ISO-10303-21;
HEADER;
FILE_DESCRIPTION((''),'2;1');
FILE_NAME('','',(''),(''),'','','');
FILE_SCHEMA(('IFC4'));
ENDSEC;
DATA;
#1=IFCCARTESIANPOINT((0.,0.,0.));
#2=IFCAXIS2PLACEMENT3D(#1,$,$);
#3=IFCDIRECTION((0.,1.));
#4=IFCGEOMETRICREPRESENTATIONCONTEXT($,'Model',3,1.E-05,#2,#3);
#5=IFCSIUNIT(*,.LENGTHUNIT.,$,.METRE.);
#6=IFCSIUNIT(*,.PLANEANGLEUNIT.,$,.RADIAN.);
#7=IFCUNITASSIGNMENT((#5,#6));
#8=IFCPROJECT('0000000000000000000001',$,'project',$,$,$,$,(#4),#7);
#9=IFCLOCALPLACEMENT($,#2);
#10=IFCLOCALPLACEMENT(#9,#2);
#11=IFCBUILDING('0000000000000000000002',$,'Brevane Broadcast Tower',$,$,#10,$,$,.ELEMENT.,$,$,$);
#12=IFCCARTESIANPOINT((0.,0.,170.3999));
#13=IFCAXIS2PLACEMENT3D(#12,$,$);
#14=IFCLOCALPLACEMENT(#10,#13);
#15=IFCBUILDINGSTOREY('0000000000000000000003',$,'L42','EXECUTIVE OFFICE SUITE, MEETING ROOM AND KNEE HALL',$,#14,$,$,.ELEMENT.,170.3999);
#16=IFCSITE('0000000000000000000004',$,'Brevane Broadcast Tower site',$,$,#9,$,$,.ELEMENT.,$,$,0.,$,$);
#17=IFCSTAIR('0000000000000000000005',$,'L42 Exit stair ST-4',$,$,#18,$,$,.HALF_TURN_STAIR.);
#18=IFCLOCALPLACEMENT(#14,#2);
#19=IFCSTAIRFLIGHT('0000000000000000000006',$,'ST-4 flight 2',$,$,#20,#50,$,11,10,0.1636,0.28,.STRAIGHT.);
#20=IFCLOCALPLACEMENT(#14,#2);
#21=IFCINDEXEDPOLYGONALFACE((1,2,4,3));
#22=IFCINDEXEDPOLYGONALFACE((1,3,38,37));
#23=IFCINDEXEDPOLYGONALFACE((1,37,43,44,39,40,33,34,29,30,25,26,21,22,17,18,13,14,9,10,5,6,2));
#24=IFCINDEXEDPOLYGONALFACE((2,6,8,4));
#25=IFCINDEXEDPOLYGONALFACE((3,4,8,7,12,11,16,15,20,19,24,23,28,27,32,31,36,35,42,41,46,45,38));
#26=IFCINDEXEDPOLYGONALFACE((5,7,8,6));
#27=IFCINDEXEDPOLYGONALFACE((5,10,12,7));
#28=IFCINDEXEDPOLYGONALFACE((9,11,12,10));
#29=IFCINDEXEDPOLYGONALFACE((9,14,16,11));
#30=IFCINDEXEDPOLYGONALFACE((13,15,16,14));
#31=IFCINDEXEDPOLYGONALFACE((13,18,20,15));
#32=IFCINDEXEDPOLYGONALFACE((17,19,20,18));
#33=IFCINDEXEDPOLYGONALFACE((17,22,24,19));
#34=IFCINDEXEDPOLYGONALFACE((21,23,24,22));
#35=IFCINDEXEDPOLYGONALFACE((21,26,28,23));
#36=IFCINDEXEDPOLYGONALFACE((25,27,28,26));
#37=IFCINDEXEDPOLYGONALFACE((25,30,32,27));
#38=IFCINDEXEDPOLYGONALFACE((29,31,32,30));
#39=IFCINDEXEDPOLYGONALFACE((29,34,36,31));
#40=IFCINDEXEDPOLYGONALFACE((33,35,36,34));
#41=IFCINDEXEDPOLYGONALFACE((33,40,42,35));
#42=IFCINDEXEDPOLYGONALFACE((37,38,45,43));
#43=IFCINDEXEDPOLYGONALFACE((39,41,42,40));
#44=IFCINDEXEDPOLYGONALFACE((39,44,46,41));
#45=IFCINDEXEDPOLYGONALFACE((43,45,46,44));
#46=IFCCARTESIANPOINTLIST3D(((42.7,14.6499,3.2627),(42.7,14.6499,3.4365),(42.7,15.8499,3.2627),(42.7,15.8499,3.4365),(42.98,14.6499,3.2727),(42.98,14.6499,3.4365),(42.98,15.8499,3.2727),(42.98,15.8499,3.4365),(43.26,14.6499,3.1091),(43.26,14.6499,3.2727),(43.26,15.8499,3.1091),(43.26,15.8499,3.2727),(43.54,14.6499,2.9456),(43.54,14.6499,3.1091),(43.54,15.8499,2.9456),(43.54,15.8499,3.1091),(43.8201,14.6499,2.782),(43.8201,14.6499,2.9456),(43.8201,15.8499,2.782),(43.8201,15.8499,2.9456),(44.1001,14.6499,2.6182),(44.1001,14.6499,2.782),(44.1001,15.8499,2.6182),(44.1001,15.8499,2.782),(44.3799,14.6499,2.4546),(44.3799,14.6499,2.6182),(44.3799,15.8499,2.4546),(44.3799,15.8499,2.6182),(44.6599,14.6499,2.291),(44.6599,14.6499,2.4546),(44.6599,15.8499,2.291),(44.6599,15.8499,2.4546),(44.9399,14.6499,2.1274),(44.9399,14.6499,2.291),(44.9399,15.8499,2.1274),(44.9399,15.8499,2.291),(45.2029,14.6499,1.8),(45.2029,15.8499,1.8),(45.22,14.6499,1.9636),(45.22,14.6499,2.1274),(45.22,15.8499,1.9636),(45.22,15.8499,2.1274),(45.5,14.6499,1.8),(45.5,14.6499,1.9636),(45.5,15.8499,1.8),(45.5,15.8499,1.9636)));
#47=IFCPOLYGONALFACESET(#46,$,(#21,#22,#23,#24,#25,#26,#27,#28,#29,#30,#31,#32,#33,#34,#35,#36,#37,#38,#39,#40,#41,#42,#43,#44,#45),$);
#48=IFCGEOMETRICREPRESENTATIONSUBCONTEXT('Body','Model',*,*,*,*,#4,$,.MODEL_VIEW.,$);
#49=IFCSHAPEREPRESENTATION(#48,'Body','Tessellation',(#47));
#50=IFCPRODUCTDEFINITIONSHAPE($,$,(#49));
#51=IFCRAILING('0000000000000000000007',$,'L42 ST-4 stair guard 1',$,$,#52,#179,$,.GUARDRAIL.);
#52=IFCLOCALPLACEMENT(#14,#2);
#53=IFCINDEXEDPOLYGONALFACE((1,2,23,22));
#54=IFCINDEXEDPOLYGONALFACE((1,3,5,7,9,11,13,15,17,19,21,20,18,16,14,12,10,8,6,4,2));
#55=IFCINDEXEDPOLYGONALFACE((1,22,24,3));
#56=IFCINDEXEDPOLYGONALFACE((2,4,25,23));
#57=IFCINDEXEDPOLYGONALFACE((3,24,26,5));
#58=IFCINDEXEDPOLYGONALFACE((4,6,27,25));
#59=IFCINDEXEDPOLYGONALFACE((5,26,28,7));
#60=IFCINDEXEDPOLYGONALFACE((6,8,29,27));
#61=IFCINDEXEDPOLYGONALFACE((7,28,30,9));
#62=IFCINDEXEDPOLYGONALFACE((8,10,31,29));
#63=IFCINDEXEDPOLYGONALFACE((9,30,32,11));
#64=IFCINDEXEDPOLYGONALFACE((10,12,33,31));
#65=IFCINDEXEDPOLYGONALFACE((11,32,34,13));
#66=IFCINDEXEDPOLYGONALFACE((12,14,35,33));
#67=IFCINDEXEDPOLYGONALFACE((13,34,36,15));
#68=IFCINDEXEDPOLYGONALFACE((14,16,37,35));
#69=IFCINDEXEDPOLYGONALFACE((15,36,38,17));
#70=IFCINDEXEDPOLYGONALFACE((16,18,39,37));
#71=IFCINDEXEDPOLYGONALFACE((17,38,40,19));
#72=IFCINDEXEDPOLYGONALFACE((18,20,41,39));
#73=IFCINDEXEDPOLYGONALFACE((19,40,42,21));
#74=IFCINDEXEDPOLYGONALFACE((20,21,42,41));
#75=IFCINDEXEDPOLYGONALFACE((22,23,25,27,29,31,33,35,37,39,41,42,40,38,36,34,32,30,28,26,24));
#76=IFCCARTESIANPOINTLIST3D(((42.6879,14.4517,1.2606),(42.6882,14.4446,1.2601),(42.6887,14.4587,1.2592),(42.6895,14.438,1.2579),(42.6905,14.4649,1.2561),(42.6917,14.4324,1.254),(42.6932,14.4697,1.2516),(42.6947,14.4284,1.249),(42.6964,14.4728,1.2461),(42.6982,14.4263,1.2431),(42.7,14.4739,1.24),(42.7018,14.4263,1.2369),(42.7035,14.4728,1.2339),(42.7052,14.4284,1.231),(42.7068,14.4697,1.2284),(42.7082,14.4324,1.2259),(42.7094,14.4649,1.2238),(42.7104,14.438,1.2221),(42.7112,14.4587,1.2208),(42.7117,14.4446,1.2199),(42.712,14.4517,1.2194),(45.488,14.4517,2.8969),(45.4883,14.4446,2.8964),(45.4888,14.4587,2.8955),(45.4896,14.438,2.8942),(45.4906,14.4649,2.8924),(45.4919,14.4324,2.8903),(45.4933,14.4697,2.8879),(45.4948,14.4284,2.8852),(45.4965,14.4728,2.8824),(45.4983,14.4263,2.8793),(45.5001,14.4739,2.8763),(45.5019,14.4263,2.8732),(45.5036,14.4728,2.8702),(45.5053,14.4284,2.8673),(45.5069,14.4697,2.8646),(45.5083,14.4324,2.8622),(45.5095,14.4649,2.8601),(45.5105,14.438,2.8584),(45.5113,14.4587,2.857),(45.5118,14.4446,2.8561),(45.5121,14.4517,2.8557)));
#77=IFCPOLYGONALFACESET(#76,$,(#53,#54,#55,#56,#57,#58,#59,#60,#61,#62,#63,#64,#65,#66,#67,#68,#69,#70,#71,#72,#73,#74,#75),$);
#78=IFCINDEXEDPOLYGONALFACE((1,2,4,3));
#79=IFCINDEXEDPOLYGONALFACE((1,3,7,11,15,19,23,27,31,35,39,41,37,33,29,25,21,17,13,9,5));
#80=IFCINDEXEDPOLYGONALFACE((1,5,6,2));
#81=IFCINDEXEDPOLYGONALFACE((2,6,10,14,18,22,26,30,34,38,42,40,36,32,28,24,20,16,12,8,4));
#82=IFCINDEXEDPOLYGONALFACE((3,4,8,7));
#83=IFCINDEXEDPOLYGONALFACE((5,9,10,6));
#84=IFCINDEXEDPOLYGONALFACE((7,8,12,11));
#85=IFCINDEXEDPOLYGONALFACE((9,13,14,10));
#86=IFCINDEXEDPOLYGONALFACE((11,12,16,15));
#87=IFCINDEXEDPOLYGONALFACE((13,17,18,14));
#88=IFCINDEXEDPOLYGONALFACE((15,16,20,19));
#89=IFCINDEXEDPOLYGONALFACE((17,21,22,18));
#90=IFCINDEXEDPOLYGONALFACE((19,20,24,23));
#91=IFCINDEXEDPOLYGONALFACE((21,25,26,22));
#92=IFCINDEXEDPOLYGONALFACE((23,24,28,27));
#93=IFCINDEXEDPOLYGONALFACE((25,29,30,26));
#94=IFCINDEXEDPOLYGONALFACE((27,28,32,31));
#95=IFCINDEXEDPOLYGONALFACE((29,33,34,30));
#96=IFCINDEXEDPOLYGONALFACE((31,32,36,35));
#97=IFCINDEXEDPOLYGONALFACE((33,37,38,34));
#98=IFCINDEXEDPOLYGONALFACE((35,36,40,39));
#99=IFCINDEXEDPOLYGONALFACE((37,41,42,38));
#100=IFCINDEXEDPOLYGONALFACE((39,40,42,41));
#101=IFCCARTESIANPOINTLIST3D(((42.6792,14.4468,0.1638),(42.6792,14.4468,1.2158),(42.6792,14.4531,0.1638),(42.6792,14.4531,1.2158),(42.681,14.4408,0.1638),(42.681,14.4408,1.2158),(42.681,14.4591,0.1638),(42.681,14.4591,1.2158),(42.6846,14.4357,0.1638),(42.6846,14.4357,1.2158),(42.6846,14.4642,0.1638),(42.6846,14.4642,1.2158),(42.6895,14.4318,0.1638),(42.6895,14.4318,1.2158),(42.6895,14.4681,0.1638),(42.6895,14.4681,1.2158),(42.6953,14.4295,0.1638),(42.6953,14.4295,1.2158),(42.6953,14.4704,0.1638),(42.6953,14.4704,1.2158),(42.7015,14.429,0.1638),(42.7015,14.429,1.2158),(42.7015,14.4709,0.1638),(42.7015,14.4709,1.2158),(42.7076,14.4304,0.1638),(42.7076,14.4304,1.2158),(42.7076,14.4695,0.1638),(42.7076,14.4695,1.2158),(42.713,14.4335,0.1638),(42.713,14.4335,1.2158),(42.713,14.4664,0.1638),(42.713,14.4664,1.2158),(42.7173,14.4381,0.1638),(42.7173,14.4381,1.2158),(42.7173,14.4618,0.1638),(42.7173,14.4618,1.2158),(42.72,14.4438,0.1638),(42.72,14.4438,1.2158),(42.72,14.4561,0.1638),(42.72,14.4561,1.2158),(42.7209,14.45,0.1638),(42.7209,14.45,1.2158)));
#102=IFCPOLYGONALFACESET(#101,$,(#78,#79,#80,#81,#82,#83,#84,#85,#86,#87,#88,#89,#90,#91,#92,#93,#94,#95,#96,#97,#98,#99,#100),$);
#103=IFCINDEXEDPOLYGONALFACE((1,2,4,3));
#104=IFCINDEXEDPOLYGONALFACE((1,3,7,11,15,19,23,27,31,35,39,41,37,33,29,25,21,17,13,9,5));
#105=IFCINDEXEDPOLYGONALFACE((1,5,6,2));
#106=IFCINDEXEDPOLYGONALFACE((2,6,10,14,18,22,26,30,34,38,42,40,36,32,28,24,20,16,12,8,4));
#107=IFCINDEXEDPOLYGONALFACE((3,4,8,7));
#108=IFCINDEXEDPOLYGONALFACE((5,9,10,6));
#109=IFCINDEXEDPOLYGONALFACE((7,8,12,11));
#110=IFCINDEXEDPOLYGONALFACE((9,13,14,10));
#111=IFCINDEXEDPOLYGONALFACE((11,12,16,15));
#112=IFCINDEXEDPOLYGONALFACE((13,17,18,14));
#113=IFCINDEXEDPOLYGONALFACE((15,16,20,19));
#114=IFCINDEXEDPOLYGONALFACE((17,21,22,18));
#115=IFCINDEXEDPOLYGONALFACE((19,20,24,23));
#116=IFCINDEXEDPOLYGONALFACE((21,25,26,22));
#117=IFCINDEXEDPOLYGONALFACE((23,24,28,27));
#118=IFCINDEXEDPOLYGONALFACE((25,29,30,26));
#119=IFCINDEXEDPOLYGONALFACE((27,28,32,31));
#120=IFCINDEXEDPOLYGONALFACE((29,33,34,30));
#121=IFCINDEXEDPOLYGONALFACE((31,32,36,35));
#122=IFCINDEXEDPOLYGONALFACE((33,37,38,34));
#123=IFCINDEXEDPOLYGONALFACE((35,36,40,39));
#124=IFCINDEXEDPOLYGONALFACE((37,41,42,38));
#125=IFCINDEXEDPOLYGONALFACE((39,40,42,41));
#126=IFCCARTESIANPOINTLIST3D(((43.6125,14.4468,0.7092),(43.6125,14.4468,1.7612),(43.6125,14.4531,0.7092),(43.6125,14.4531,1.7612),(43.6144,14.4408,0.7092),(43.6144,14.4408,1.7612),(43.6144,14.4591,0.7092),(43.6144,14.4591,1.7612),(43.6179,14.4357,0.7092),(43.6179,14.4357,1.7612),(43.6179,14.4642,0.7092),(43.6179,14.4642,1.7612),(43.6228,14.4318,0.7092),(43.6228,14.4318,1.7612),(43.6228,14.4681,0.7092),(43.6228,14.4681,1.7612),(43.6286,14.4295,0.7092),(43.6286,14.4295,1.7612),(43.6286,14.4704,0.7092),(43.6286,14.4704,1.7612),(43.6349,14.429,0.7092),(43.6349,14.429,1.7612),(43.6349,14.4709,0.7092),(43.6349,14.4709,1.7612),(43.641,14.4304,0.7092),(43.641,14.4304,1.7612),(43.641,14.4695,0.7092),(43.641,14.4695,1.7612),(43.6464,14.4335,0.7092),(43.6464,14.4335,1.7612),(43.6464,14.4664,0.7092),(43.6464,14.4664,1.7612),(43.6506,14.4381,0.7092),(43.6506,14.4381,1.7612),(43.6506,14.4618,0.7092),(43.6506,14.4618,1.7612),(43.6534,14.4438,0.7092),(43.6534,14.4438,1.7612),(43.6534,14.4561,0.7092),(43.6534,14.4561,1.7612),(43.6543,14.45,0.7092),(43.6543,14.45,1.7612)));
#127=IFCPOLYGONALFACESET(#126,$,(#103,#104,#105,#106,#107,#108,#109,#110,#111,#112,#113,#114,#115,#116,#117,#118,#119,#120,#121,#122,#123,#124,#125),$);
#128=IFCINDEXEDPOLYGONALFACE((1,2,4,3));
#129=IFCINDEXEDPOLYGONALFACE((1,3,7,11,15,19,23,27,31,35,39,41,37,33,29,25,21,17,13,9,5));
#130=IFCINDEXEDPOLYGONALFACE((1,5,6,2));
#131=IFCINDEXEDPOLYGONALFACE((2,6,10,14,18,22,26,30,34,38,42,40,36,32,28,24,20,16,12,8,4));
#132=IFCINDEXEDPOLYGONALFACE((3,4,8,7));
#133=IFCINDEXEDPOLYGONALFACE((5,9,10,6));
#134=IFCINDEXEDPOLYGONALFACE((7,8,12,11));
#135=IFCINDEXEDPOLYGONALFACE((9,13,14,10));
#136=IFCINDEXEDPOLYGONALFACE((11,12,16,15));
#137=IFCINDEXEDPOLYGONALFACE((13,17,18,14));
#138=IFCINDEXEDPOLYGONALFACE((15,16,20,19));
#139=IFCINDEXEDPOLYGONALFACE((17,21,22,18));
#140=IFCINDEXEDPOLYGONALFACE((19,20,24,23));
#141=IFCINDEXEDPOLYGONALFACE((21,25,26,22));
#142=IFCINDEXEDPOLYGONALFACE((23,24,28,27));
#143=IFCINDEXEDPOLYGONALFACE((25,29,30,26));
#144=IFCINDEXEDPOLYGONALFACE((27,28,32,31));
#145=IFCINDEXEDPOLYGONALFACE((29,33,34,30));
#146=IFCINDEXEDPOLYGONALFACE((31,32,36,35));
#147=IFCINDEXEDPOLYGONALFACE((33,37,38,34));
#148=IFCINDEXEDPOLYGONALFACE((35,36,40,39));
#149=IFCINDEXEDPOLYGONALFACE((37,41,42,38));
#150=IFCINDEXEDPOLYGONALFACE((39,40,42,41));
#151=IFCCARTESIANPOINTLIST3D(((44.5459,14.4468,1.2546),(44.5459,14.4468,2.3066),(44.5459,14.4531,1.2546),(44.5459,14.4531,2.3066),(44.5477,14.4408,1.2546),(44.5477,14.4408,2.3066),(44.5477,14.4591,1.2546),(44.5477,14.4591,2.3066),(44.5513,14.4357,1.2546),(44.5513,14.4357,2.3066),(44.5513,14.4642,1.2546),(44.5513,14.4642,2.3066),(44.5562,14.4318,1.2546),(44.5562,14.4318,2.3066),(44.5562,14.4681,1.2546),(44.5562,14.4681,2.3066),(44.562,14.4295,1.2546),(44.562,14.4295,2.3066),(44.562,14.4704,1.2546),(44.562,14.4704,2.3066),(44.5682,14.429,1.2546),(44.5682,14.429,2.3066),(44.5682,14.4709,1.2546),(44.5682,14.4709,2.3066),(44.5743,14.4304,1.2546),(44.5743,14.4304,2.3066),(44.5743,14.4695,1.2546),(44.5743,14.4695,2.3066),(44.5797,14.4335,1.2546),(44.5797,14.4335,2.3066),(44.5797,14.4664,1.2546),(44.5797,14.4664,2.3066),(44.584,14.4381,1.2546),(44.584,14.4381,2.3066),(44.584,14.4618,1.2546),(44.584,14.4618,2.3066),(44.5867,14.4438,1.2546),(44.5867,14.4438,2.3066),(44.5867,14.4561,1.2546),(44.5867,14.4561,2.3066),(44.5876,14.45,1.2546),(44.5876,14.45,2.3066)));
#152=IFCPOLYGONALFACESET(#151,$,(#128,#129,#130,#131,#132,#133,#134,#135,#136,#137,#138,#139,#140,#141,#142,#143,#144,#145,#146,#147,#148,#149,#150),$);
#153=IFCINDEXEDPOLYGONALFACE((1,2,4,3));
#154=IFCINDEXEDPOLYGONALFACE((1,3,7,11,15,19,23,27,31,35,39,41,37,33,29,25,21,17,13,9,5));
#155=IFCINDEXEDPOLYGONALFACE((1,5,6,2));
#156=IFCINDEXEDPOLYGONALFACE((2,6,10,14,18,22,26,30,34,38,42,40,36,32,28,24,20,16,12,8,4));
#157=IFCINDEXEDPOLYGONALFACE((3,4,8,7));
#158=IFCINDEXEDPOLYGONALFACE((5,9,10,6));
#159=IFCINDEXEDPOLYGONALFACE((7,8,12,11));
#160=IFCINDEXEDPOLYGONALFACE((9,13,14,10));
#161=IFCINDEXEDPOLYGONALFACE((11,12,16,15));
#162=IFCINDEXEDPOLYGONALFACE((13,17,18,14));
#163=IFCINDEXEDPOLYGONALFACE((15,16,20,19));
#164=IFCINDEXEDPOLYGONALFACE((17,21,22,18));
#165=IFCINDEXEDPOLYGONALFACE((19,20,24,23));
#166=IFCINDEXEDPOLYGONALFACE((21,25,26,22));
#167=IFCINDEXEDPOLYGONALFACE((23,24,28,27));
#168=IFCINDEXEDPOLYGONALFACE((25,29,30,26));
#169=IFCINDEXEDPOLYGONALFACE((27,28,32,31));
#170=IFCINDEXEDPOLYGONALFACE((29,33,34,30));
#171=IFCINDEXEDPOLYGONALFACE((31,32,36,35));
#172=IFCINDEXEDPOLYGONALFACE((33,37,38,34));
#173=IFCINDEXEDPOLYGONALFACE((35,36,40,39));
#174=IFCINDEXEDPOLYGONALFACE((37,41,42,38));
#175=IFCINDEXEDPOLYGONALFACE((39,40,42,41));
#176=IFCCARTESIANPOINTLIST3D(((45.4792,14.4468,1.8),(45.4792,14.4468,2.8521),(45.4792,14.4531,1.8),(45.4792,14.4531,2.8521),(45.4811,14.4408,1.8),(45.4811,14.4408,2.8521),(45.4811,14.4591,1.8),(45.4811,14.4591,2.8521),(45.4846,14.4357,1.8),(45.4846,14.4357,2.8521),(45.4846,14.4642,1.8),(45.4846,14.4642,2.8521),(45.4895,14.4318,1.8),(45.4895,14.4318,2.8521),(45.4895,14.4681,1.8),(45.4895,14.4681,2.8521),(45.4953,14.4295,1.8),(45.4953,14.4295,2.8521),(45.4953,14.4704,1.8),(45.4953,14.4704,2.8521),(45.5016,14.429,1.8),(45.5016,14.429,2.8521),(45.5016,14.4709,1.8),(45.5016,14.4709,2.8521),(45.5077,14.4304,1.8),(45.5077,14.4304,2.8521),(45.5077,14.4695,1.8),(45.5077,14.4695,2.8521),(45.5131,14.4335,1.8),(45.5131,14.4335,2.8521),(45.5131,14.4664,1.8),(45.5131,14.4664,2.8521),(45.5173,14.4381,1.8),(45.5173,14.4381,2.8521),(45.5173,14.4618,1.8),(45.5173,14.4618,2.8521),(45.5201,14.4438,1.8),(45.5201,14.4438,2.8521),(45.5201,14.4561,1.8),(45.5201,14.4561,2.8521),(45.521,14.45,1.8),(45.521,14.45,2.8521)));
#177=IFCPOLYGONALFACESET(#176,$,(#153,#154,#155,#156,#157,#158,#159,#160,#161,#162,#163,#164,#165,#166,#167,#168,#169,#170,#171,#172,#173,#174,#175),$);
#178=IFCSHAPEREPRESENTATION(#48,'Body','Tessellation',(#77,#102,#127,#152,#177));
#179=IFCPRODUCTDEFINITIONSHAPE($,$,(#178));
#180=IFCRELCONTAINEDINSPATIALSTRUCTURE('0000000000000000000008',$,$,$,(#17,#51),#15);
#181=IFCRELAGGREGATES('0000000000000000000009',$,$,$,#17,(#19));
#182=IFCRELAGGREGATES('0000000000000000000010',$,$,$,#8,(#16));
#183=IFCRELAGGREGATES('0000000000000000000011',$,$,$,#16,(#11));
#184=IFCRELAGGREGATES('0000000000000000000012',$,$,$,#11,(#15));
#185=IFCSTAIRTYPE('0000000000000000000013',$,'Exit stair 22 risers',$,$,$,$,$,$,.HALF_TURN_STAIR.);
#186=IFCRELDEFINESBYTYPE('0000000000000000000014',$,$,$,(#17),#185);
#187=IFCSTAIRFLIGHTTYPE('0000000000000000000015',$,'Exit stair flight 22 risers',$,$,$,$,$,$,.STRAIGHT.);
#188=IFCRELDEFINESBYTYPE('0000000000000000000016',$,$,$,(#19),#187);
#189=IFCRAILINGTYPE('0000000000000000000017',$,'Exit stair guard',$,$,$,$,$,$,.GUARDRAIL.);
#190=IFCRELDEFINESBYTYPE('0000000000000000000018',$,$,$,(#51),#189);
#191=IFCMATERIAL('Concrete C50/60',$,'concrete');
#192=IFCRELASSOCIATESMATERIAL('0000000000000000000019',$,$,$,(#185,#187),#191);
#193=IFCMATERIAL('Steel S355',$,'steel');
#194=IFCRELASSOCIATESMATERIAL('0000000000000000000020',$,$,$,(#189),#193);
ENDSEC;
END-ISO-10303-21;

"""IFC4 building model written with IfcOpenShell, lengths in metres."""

from ifc_helpers import new_model, si_unit, direction, frame, origin, origin_2d, place, context, subcontext, project, spatial, polyline, circle, outline, extrude, material, type_object, element, aggregate, save


model = new_model("IFC4")

# Units and contexts
model_context = context("Model", 3, precision=1e-05, world=origin(), true_north=direction((0.0, 1.0)))
body_context = subcontext(model_context, "Body", "Model", "MODEL_VIEW")
ifc_project = project(units=[si_unit("LENGTHUNIT", "METRE"), si_unit("PLANEANGLEUNIT", "RADIAN")], contexts=[model_context])

# Site, building, storey
site_placement = place(None, origin())
site = spatial("IfcSite", under=ifc_project, at=site_placement, Name="Brevane Broadcast Tower site", CompositionType="ELEMENT", RefElevation=0.0)
building_placement = place(site_placement, origin())
building = spatial("IfcBuilding", under=site, at=building_placement, Name="Brevane Broadcast Tower", CompositionType="ELEMENT")
storey_placement = place(building_placement, frame((0.0, 0.0, 170.3999)))
storey = spatial("IfcBuildingStorey", under=building, at=storey_placement, Name="L42", Description="EXECUTIVE OFFICE SUITE, MEETING ROOM AND KNEE HALL", CompositionType="ELEMENT", Elevation=170.3999)

# Stair, stair flight
ifc_material_1 = material(Name="Concrete C50/60", Category="concrete")
stair_type = type_object("IfcStairType", Name="Exit stair 22 risers", PredefinedType="HALF_TURN_STAIR", material=ifc_material_1)
stair_placement = place(storey_placement, origin())
stair = element("IfcStair", 1, at=stair_placement, inside=storey, type_object=stair_type, Name="L42 Exit stair ST-4", PredefinedType="HALF_TURN_STAIR")
stair_flight_type = type_object("IfcStairFlightType", Name="Exit stair flight 22 risers", PredefinedType="STRAIGHT", material=ifc_material_1)
stair_flight_1_placement = place(storey_placement, frame((45.5, 15.25, 1.8), z_axis=(0.0, 0.0, 1.0), x_axis=(-1.0, 0.0, 0.0)))
stair_flight_1 = element("IfcStairFlight", 2, at=stair_flight_1_placement, type_object=stair_flight_type, Name="ST-4 flight 2", NumberOfRisers=11, NumberOfTreads=10, PredefinedType="STRAIGHT", RiserHeight=0.1636, TreadLength=0.28, context=body_context, shape_type="SweptSolid", body=[
    extrude(outline(polyline([(0.0, 0.0), (0.0, 0.1636), (0.28, 0.1636), (0.28, 0.3274), (0.5601, 0.3274), (0.5601, 0.491), (0.8401, 0.491), (0.8401, 0.6545), (1.1201, 0.6545), (1.1201, 0.8181), (1.3999, 0.8181), (1.3999, 0.9819), (1.6799, 0.9819), (1.6799, 1.1455), (1.96, 1.1455), (1.96, 1.3091), (2.24, 1.3091), (2.24, 1.4727), (2.52, 1.4727), (2.52, 1.6365), (2.8, 1.6365), (2.8, 1.8), (2.8, 1.4626), (0.2971, 0.0), (0.0, 0.0)])), frame((0.0, 0.6001, 0.0), z_axis=(0.0, -1.0, 0.0), x_axis=(1.0, 0.0, 0.0)), (0.0, 0.0, 1.0), 1.2),
])
aggregate(stair, [stair_flight_1])

# Railing
ifc_material_2 = material(Name="Steel S355", Category="steel")
railing_type_1 = type_object("IfcRailingType", Name="Exit stair guard", PredefinedType="GUARDRAIL", material=ifc_material_2)
railing_1_placement = place(storey_placement, frame((42.7, 14.45, 0.1638)))
element("IfcRailing", 3, at=railing_1_placement, inside=storey, type_object=railing_type_1, Name="L42 ST-4 stair guard 1", PredefinedType="GUARDRAIL", context=body_context, shape_type="SweptSolid", body=[
    extrude(circle(Radius=0.0239, at=origin_2d()), frame((0.0, 0.0, 1.0762), z_axis=(0.863394, 0.0, 0.504531), x_axis=(0.0, 1.0, 0.0)), (0.0, 0.0, 1.0), 3.2432),
    extrude(circle(Radius=0.021, at=origin_2d()), origin(), (0.0, 0.0, 1.0), 1.052),
    extrude(circle(Radius=0.021, at=origin_2d()), frame((0.9333, 0.0, 0.5454)), (0.0, 0.0, 1.0), 1.052),
    extrude(circle(Radius=0.021, at=origin_2d()), frame((1.8667, 0.0, 1.0908)), (0.0, 0.0, 1.0), 1.052),
    extrude(circle(Radius=0.021, at=origin_2d()), frame((2.8, 0.0, 1.6362)), (0.0, 0.0, 1.0), 1.052),
])

save(model, "model.ifc")
